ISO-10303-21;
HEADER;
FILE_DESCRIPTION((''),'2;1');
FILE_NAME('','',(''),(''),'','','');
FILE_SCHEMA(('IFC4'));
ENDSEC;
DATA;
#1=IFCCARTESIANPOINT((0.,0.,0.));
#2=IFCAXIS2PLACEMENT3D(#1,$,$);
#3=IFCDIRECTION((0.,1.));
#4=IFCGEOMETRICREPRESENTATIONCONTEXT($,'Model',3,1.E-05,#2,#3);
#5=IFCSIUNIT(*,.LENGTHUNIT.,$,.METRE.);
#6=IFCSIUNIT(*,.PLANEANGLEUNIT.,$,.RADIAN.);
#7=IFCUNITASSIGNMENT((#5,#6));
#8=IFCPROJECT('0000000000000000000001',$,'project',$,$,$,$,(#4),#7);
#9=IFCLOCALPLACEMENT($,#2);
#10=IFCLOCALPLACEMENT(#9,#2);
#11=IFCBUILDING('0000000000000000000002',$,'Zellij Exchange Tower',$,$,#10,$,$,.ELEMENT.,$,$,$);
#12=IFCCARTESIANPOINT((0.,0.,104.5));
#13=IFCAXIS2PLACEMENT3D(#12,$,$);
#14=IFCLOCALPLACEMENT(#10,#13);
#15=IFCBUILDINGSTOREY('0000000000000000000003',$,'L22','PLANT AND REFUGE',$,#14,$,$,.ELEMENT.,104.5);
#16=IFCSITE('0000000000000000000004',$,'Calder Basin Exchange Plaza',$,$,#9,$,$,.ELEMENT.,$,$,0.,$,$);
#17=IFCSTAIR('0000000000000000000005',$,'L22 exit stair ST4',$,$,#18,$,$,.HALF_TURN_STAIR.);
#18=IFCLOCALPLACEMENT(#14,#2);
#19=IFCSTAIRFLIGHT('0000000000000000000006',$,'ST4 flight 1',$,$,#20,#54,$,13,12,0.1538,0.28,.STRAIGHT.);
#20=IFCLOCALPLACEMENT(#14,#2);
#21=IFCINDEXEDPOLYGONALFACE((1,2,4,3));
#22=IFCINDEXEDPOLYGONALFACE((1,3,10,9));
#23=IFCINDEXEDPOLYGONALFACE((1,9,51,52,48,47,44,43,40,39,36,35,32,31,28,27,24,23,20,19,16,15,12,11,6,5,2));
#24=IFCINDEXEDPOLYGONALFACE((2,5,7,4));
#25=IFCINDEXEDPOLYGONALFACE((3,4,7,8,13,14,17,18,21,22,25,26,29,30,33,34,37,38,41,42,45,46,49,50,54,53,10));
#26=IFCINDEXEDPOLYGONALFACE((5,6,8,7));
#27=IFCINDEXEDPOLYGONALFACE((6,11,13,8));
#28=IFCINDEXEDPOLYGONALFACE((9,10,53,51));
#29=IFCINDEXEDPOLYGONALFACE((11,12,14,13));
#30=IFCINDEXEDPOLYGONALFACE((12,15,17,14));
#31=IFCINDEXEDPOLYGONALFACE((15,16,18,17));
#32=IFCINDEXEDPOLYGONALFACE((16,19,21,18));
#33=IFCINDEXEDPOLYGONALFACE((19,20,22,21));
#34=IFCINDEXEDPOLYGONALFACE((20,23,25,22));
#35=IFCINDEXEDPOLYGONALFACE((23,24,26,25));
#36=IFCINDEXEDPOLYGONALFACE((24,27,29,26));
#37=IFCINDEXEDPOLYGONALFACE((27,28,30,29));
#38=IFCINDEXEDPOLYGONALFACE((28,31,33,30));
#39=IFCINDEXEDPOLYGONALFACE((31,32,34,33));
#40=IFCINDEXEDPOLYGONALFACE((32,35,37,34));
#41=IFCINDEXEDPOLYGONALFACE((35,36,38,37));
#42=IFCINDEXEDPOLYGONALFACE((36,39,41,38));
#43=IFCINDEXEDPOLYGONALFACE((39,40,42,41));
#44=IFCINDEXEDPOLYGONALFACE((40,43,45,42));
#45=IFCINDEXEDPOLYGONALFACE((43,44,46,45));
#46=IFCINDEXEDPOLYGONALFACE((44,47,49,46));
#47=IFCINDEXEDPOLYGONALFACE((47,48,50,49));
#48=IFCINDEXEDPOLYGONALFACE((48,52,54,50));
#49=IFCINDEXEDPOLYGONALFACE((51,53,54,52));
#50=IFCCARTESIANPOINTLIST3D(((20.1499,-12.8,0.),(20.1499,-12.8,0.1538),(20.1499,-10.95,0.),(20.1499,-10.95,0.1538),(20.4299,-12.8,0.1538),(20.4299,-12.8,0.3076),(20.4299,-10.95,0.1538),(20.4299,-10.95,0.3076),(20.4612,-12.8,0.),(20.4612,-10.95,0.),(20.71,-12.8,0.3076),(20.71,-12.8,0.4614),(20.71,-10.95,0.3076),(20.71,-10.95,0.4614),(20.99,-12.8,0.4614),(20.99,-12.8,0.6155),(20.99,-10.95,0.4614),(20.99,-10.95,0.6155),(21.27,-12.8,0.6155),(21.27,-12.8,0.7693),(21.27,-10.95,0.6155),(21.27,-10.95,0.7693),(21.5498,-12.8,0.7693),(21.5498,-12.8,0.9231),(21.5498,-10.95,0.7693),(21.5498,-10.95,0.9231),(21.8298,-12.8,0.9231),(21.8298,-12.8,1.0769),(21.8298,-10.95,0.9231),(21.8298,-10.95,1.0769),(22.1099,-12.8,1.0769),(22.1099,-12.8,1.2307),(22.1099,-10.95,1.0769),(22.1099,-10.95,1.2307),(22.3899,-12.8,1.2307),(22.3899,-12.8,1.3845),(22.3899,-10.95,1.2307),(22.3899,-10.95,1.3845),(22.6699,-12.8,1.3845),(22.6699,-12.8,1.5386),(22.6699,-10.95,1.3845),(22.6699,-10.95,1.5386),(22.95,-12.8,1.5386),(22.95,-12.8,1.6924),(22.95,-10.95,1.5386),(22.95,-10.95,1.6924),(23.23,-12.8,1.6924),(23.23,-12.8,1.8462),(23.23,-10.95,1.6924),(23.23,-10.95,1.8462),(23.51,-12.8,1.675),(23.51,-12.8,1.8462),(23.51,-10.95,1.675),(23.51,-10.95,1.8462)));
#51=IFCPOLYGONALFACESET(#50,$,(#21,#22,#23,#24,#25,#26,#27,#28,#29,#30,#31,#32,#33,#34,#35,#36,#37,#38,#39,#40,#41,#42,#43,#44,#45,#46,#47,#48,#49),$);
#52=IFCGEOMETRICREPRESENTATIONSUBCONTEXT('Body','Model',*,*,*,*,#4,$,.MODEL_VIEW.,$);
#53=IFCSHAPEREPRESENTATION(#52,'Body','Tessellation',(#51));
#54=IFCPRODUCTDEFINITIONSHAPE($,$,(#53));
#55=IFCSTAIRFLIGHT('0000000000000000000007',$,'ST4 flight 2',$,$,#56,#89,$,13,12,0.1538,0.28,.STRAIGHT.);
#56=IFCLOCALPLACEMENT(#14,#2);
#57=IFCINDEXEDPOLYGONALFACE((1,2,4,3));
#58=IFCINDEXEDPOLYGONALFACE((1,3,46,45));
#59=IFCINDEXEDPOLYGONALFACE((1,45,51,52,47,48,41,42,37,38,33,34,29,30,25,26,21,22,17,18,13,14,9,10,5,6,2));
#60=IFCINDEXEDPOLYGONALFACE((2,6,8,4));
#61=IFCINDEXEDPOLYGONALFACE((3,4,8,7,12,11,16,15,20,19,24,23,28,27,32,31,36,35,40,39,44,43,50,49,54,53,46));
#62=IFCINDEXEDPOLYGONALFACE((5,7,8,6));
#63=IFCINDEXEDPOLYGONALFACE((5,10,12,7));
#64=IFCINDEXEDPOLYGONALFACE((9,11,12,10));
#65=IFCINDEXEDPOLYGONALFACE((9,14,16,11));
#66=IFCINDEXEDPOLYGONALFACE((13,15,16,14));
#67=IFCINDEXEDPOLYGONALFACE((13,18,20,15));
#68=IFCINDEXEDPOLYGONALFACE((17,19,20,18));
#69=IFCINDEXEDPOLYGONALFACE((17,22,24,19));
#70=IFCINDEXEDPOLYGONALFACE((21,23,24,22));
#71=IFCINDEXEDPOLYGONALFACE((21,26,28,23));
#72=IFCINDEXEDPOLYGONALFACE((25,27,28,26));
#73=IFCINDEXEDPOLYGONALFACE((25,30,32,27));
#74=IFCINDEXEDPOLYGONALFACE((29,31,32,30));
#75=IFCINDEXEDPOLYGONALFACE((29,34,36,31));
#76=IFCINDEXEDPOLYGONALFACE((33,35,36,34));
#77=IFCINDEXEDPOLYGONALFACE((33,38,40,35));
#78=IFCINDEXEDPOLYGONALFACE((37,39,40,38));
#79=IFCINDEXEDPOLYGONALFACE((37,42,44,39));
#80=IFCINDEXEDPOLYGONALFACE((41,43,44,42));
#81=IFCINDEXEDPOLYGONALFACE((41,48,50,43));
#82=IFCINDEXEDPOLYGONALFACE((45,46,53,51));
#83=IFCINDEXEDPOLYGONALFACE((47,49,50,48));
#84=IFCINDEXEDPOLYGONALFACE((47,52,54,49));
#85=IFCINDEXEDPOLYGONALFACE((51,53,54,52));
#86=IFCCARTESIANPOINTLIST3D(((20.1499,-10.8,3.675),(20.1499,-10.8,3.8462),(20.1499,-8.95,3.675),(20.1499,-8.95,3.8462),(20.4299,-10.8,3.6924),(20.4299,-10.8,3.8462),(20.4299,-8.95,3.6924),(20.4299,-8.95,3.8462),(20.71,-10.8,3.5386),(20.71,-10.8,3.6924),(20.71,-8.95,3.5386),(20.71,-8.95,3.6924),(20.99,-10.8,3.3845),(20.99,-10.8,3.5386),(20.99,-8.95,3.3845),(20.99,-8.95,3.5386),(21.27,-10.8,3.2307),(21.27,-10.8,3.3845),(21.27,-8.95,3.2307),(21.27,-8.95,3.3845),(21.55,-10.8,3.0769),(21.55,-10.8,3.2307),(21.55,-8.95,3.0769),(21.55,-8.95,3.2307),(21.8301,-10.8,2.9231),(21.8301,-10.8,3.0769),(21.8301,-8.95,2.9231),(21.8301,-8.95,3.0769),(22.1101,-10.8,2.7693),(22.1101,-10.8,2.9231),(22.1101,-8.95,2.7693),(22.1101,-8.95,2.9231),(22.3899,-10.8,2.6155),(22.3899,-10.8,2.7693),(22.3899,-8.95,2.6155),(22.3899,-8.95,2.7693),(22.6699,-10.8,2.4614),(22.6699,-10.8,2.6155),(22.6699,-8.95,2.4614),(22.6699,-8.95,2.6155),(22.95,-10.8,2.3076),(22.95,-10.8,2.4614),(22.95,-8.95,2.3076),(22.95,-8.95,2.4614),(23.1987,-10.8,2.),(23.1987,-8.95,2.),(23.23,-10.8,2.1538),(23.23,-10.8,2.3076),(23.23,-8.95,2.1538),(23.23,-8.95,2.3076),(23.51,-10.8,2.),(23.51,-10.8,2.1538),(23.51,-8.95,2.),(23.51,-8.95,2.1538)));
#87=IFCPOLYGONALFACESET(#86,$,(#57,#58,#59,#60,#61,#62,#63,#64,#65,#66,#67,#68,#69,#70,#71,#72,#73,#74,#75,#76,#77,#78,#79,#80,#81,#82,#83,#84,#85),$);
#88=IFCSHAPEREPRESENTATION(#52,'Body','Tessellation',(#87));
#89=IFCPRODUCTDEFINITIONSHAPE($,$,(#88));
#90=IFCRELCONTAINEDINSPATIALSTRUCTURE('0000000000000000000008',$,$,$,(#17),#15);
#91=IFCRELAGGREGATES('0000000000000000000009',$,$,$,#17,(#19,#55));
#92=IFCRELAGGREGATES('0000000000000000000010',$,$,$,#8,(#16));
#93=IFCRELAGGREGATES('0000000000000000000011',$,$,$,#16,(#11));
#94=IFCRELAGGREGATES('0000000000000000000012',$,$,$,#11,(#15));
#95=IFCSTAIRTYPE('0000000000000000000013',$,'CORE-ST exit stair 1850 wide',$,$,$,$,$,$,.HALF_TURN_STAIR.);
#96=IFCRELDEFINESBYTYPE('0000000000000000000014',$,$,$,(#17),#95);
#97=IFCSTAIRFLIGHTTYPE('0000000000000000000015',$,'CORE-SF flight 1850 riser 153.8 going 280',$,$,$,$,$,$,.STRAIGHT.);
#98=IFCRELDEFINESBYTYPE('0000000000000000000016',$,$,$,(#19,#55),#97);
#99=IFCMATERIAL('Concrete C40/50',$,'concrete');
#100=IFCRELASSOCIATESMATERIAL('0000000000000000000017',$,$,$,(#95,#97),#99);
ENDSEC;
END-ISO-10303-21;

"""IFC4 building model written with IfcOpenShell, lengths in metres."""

from ifc_helpers import new_model, si_unit, direction, frame, origin, place, context, subcontext, project, spatial, polyline, outline, extrude, material, type_object, element, aggregate, save


model = new_model("IFC4")

# Units and contexts
model_context = context("Model", 3, precision=1e-05, world=origin(), true_north=direction((0.0, 1.0)))
body_context = subcontext(model_context, "Body", "Model", "MODEL_VIEW")
ifc_project = project(units=[si_unit("LENGTHUNIT", "METRE"), si_unit("PLANEANGLEUNIT", "RADIAN")], contexts=[model_context])

# Site, building, storey
site_placement = place(None, origin())
site = spatial("IfcSite", under=ifc_project, at=site_placement, Name="Calder Basin Exchange Plaza", CompositionType="ELEMENT", RefElevation=0.0)
building_placement = place(site_placement, origin())
building = spatial("IfcBuilding", under=site, at=building_placement, Name="Zellij Exchange Tower", CompositionType="ELEMENT")
storey_placement = place(building_placement, frame((0.0, 0.0, 104.5)))
storey = spatial("IfcBuildingStorey", under=building, at=storey_placement, Name="L22", Description="PLANT AND REFUGE", CompositionType="ELEMENT", Elevation=104.5)

# Stair, stair flights
ifc_material_1 = material(Name="Concrete C40/50", Category="concrete")
stair_type = type_object("IfcStairType", Name="CORE-ST exit stair 1850 wide", PredefinedType="HALF_TURN_STAIR", material=ifc_material_1)
stair_placement = place(storey_placement, origin())
stair = element("IfcStair", 1, at=stair_placement, inside=storey, type_object=stair_type, Name="L22 exit stair ST4", PredefinedType="HALF_TURN_STAIR")
stair_flight_type = type_object("IfcStairFlightType", Name="CORE-SF flight 1850 riser 153.8 going 280", PredefinedType="STRAIGHT", material=ifc_material_1)
stair_flight_1_placement = place(storey_placement, frame((20.1499, -11.875, 0.0), z_axis=(0.0, 0.0, 1.0), x_axis=(1.0, 0.0, 0.0)))
stair_flight_1 = element("IfcStairFlight", 2, at=stair_flight_1_placement, type_object=stair_flight_type, Name="ST4 flight 1", NumberOfRisers=13, NumberOfTreads=12, PredefinedType="STRAIGHT", RiserHeight=0.1538, TreadLength=0.28, context=body_context, shape_type="SweptSolid", body=[
    extrude(outline(polyline([(0.0, 0.0), (0.0, 0.1538), (0.28, 0.1538), (0.28, 0.3076), (0.5601, 0.3076), (0.5601, 0.4614), (0.8401, 0.4614), (0.8401, 0.6155), (1.1201, 0.6155), (1.1201, 0.7693), (1.3999, 0.7693), (1.3999, 0.9231), (1.6799, 0.9231), (1.6799, 1.0769), (1.96, 1.0769), (1.96, 1.2307), (2.24, 1.2307), (2.24, 1.3845), (2.52, 1.3845), (2.52, 1.5386), (2.8, 1.5386), (2.8, 1.6924), (3.0801, 1.6924), (3.0801, 1.8462), (3.3601, 1.8462), (3.3601, 2.0), (3.3601, 1.675), (0.3113, 0.0), (0.0, 0.0)])), frame((0.0, 0.925, 0.0), z_axis=(0.0, -1.0, 0.0), x_axis=(1.0, 0.0, 0.0)), (0.0, 0.0, 1.0), 1.8501),
])
stair_flight_2_placement = place(storey_placement, frame((23.51, -9.875, 2.0), z_axis=(0.0, 0.0, 1.0), x_axis=(-1.0, 0.0, 0.0)))
stair_flight_2 = element("IfcStairFlight", 3, at=stair_flight_2_placement, type_object=stair_flight_type, Name="ST4 flight 2", NumberOfRisers=13, NumberOfTreads=12, PredefinedType="STRAIGHT", RiserHeight=0.1538, TreadLength=0.28, context=body_context, shape_type="SweptSolid", body=[
    extrude(outline(polyline([(0.0, 0.0), (0.0, 0.1538), (0.28, 0.1538), (0.28, 0.3076), (0.5601, 0.3076), (0.5601, 0.4614), (0.8401, 0.4614), (0.8401, 0.6155), (1.1201, 0.6155), (1.1201, 0.7693), (1.3999, 0.7693), (1.3999, 0.9231), (1.6799, 0.9231), (1.6799, 1.0769), (1.96, 1.0769), (1.96, 1.2307), (2.24, 1.2307), (2.24, 1.3845), (2.52, 1.3845), (2.52, 1.5386), (2.8, 1.5386), (2.8, 1.6924), (3.0801, 1.6924), (3.0801, 1.8462), (3.3601, 1.8462), (3.3601, 2.0), (3.3601, 1.675), (0.3113, 0.0), (0.0, 0.0)])), frame((0.0, 0.925, 0.0), z_axis=(0.0, -1.0, 0.0), x_axis=(1.0, 0.0, 0.0)), (0.0, 0.0, 1.0), 1.8501),
])
aggregate(stair, [stair_flight_1, stair_flight_2])

save(model, "model.ifc")
